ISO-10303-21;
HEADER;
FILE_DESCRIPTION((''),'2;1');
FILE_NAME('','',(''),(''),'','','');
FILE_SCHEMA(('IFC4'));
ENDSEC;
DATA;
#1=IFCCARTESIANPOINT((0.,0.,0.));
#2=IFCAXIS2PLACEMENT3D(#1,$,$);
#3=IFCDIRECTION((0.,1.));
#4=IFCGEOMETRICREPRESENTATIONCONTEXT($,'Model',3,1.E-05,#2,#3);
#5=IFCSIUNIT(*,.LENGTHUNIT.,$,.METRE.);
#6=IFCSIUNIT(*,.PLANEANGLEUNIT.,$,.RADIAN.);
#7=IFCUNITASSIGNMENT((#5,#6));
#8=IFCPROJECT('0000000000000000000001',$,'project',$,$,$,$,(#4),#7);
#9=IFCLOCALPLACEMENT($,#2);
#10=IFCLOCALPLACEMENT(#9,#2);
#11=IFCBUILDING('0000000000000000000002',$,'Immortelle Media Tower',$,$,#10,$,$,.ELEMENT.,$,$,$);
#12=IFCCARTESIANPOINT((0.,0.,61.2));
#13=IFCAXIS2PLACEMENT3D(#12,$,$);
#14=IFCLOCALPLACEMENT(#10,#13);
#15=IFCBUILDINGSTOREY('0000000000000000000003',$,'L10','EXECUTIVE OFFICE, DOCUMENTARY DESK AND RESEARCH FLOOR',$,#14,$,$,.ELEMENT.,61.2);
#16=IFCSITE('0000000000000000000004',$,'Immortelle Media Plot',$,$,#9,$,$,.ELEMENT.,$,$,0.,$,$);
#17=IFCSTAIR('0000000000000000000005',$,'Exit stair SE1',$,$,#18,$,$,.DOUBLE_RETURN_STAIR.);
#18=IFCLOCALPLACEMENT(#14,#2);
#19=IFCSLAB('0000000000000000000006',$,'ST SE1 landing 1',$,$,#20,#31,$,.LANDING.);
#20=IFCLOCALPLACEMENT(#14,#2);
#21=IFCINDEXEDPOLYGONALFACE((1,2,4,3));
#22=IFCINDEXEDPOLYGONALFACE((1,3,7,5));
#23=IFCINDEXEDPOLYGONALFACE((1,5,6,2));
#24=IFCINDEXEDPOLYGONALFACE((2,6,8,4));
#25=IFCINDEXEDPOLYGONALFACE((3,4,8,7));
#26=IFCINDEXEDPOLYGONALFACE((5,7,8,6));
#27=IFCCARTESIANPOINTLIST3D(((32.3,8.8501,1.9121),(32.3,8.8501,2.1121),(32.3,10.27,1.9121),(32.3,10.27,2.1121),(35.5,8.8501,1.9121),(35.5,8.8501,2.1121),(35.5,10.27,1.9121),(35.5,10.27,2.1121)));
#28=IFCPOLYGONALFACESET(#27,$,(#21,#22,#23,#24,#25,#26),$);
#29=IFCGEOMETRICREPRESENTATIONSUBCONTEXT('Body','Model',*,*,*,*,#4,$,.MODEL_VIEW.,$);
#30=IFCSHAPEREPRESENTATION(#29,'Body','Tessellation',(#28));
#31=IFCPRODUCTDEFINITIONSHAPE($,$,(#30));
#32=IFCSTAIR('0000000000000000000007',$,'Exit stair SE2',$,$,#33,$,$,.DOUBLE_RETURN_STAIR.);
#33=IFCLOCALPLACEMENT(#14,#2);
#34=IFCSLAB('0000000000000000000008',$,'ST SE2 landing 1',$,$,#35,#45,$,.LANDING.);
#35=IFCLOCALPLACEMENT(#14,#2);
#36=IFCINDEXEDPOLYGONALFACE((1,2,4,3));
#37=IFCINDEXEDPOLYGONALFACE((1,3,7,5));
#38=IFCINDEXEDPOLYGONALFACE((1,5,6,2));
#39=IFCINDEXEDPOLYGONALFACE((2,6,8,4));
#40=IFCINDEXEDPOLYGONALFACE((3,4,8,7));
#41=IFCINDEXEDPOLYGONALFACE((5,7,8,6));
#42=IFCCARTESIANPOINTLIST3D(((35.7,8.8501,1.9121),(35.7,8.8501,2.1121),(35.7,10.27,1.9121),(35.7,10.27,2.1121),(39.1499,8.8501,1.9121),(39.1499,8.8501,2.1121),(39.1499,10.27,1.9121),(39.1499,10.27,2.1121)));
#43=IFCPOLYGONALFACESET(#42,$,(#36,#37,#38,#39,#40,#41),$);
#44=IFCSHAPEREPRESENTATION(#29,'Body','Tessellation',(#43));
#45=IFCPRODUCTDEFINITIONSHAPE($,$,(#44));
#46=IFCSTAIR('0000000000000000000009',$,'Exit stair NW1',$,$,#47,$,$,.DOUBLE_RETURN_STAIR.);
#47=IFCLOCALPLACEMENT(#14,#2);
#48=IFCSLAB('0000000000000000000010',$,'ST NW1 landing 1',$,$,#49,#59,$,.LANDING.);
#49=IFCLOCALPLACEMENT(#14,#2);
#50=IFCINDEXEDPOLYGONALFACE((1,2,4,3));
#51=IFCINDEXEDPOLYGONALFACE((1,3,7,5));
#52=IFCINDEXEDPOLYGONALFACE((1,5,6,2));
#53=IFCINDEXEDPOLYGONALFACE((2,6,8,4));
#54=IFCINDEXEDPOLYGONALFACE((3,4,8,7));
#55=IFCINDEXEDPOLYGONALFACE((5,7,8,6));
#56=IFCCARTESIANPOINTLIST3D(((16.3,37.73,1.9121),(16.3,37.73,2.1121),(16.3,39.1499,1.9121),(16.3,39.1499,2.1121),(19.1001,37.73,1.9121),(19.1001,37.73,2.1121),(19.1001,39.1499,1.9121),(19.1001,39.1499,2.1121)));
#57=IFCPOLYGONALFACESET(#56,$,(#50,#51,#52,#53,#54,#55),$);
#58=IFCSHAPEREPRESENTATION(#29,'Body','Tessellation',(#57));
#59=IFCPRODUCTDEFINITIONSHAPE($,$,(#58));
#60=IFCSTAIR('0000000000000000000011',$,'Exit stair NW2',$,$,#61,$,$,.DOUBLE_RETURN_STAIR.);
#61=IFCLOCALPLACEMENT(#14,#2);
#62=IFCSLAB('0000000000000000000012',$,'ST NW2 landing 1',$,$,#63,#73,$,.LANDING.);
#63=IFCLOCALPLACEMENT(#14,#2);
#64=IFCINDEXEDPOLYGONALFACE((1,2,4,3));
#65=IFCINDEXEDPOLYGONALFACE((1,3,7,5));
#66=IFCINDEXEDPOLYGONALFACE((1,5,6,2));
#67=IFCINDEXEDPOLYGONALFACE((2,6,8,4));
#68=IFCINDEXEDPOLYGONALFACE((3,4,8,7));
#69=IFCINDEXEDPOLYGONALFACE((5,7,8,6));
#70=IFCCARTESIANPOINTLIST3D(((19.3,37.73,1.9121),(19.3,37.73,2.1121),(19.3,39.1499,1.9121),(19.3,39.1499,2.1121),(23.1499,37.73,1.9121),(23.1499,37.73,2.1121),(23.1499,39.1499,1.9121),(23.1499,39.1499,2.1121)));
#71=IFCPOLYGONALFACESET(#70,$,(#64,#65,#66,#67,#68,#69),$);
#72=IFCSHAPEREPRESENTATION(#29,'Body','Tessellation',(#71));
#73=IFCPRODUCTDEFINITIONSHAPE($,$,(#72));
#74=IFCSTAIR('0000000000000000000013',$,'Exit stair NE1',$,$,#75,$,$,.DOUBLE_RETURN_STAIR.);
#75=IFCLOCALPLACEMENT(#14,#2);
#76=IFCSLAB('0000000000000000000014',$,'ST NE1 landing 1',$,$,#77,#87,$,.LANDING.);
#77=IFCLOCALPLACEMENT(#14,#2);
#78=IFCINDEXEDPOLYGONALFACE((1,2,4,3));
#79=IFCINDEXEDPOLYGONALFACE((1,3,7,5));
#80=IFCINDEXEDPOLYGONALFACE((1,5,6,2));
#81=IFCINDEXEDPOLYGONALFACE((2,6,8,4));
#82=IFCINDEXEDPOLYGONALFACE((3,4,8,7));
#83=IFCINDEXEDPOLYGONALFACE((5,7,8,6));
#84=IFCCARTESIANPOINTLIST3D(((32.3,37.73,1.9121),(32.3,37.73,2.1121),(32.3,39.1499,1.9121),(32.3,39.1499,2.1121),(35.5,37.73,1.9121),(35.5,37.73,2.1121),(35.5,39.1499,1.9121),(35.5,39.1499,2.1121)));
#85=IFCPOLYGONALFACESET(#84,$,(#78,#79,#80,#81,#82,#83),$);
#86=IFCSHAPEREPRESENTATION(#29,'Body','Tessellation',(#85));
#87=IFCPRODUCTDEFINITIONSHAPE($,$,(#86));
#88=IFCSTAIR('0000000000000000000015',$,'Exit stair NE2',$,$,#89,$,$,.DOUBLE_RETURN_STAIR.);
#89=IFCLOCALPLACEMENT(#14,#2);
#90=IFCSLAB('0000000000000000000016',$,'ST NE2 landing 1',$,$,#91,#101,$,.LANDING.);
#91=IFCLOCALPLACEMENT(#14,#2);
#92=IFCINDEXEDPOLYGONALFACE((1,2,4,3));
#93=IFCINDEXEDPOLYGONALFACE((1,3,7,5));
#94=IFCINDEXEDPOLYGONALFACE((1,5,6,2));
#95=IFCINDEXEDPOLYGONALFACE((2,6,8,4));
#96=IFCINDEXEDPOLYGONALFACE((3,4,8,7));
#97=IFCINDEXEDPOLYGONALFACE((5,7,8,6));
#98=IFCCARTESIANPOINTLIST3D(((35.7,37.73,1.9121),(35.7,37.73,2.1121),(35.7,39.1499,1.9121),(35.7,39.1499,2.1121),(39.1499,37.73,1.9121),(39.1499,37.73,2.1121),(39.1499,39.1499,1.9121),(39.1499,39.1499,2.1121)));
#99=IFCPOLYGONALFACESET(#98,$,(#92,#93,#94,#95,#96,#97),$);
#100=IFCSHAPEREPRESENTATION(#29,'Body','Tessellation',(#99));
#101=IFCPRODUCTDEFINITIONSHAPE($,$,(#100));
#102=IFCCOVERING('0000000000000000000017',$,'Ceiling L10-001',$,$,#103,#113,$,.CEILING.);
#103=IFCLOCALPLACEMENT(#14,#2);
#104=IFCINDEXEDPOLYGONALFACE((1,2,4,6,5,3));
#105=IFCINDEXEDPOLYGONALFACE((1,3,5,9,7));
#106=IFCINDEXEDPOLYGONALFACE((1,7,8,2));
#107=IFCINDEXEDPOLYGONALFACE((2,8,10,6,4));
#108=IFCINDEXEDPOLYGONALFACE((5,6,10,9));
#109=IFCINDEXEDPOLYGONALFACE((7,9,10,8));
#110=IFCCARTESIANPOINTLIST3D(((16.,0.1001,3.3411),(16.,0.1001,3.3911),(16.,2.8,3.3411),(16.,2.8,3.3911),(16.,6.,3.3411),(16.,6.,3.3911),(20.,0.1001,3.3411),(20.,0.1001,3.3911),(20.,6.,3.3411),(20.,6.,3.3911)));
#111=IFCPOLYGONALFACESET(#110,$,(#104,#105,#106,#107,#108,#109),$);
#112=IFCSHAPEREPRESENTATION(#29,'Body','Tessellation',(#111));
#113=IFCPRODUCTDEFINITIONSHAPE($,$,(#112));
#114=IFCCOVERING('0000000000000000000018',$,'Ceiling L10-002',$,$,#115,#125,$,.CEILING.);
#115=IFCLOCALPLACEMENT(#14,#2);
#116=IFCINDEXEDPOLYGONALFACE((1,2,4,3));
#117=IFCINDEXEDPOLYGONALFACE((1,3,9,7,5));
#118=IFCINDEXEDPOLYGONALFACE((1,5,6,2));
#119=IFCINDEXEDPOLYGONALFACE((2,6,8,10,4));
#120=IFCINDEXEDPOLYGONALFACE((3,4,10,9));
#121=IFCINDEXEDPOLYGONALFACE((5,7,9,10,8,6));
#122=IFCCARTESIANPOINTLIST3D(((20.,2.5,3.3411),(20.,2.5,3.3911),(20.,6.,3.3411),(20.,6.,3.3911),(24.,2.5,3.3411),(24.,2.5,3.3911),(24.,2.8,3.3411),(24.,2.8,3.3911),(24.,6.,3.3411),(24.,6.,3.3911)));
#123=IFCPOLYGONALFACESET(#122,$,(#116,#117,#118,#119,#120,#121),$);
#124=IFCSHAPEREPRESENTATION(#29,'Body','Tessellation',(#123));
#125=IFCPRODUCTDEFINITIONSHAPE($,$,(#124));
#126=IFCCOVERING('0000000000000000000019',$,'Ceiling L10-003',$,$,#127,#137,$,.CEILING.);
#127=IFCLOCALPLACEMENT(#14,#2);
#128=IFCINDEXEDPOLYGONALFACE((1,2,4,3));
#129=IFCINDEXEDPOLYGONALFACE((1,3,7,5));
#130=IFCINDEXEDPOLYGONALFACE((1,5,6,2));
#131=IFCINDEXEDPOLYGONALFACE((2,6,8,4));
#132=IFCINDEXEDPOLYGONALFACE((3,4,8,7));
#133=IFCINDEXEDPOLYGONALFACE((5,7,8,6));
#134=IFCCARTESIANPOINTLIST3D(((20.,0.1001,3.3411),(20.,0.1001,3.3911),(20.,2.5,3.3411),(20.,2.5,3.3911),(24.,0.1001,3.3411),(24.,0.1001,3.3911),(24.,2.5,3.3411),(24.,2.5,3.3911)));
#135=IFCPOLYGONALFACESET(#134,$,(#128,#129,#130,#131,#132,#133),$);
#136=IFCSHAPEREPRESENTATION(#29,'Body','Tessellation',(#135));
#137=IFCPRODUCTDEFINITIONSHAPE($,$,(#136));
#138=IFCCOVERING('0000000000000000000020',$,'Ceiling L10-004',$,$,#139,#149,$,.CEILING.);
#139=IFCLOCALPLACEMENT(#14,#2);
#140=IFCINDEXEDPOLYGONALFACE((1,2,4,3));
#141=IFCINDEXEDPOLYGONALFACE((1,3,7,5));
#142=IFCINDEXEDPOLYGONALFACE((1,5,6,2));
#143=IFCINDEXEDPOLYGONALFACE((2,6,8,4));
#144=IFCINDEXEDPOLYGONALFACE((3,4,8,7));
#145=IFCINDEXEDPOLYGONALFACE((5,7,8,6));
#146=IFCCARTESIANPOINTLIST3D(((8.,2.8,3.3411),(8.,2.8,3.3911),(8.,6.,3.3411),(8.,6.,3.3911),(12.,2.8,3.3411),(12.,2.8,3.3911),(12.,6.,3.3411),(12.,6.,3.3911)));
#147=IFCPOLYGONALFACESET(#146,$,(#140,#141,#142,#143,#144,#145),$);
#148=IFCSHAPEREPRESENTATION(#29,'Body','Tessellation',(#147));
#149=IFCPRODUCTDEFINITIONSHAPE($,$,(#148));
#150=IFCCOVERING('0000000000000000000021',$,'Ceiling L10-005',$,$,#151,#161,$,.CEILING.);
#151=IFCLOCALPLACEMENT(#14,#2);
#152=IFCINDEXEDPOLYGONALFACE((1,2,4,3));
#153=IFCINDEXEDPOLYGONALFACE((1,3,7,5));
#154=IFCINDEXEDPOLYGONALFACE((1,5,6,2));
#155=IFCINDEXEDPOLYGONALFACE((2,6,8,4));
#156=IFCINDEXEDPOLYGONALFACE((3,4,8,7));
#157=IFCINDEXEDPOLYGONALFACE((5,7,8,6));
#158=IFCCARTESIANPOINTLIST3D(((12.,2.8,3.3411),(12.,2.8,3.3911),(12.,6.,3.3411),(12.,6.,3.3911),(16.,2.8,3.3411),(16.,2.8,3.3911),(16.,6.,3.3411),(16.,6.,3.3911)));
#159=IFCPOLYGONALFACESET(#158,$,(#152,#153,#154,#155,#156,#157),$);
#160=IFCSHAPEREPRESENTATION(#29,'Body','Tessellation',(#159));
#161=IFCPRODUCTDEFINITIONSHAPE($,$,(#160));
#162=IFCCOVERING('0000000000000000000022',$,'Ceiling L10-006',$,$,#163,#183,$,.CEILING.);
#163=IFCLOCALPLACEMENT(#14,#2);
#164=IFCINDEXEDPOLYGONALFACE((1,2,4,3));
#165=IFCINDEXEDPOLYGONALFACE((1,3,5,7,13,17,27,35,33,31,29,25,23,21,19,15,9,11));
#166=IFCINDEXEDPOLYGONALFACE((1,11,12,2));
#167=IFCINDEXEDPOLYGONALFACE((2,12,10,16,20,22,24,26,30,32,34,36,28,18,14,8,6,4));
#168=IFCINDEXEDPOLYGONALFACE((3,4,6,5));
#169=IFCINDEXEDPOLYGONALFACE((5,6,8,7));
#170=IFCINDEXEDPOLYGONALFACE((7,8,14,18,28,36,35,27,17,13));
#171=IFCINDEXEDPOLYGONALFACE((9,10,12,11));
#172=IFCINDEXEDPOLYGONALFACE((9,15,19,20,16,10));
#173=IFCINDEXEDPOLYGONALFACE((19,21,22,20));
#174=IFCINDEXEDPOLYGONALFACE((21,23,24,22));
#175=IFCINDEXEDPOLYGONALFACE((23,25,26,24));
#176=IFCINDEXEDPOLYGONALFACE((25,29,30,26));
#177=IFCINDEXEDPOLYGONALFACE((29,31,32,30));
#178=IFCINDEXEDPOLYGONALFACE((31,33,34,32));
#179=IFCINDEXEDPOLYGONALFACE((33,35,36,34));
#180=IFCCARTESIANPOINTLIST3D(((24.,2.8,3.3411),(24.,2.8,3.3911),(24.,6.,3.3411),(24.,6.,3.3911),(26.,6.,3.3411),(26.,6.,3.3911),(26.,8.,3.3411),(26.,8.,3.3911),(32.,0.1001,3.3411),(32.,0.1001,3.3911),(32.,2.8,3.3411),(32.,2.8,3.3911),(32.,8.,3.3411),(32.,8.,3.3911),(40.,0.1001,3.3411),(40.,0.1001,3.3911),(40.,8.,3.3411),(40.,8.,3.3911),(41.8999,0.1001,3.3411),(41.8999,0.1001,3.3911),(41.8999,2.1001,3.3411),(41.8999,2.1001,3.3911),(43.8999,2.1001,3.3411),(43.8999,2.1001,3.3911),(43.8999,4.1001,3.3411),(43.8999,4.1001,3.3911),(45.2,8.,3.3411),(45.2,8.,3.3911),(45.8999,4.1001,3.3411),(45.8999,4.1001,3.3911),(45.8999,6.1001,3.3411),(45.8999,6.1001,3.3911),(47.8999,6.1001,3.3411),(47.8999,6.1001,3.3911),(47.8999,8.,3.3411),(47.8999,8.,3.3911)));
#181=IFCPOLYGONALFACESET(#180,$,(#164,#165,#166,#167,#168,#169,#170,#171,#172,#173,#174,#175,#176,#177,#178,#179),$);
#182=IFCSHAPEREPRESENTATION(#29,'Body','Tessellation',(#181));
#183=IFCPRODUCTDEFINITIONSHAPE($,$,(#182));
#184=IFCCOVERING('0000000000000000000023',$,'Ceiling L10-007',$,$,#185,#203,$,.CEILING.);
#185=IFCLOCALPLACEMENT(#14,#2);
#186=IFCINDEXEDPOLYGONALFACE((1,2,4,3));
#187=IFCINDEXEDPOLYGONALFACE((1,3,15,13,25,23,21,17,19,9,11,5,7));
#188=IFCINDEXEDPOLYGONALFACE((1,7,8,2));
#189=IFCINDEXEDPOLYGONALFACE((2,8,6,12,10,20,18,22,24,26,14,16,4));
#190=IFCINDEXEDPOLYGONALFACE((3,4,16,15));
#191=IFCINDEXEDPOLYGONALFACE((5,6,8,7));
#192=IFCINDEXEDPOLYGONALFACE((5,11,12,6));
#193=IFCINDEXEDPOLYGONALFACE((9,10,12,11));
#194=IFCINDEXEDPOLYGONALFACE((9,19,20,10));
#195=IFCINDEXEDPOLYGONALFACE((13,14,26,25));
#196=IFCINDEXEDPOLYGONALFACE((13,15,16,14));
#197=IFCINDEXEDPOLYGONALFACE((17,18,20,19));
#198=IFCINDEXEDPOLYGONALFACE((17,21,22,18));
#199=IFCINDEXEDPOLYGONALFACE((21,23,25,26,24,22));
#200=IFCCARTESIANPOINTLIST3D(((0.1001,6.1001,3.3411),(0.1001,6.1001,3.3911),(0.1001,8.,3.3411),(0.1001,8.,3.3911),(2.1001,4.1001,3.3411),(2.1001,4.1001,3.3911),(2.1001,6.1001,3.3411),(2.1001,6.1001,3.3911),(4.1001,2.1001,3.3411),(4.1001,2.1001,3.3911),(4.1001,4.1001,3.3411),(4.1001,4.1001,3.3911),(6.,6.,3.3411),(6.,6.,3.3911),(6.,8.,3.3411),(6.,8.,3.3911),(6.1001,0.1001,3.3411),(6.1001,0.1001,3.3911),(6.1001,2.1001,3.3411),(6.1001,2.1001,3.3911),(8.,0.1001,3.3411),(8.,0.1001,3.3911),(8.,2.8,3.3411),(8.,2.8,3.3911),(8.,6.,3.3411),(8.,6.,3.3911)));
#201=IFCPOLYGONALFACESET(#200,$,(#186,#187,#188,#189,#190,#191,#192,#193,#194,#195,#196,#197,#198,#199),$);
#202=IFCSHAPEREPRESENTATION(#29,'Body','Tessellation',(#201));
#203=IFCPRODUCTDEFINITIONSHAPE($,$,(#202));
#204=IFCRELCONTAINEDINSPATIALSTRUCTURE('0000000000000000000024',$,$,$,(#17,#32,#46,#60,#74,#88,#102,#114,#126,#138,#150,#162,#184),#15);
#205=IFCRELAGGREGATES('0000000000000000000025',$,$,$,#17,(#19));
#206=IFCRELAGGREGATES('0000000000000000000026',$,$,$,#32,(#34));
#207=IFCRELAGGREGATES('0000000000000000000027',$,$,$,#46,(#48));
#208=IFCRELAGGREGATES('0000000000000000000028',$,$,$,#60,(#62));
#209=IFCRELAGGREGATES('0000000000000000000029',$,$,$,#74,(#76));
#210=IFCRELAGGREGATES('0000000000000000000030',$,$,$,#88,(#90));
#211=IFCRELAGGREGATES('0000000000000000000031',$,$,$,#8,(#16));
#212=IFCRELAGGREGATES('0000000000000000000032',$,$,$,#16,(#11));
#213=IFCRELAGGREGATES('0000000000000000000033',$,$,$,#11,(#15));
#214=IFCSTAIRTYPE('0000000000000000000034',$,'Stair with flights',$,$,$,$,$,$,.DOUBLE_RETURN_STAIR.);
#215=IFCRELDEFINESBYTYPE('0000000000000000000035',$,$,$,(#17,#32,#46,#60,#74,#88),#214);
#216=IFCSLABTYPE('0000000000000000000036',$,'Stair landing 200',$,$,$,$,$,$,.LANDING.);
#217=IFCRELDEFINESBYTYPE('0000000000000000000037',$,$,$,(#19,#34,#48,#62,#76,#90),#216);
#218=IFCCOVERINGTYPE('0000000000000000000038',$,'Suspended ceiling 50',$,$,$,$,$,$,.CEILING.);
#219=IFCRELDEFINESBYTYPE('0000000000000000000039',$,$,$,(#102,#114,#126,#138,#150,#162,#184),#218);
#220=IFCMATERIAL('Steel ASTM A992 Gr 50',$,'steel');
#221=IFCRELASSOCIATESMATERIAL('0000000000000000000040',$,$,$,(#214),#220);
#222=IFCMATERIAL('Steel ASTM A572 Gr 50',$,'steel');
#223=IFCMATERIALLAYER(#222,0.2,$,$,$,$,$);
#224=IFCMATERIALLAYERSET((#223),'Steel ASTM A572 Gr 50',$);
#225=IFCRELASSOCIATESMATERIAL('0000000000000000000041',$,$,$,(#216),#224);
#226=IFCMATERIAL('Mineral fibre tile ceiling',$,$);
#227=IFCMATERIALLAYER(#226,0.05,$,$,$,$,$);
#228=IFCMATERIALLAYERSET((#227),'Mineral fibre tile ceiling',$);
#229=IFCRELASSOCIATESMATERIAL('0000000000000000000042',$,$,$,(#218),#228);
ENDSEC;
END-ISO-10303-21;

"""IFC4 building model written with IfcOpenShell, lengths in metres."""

from ifc_helpers import new_model, si_unit, direction, frame, origin, place, context, subcontext, project, spatial, polyline, outline, extrude, material, layer, layer_set, type_object, element, aggregate, save


model = new_model("IFC4")

# Units and contexts
model_context = context("Model", 3, precision=1e-05, world=origin(), true_north=direction((0.0, 1.0)))
body_context = subcontext(model_context, "Body", "Model", "MODEL_VIEW")
ifc_project = project(units=[si_unit("LENGTHUNIT", "METRE"), si_unit("PLANEANGLEUNIT", "RADIAN")], contexts=[model_context])

# Site, building, storey
site_placement = place(None, origin())
site = spatial("IfcSite", under=ifc_project, at=site_placement, Name="Immortelle Media Plot", CompositionType="ELEMENT", RefElevation=0.0)
building_placement = place(site_placement, origin())
building = spatial("IfcBuilding", under=site, at=building_placement, Name="Immortelle Media Tower", CompositionType="ELEMENT")
storey_placement = place(building_placement, frame((0.0, 0.0, 61.2)))
storey = spatial("IfcBuildingStorey", under=building, at=storey_placement, Name="L10", Description="EXECUTIVE OFFICE, DOCUMENTARY DESK AND RESEARCH FLOOR", CompositionType="ELEMENT", Elevation=61.2)

# Stairs, slabs
ifc_material_1 = material(Name="Steel ASTM A992 Gr 50", Category="steel")
stair_type = type_object("IfcStairType", Name="Stair with flights", PredefinedType="DOUBLE_RETURN_STAIR", material=ifc_material_1)
ifc_material_2 = material(Name="Steel ASTM A572 Gr 50", Category="steel")
ifc_layer_1 = layer(ifc_material_2, 0.2)
ifc_layer_set_1 = layer_set([ifc_layer_1], Name="Steel ASTM A572 Gr 50")
slab_type_1 = type_object("IfcSlabType", Name="Stair landing 200", PredefinedType="LANDING", material=ifc_layer_set_1)
stair_1_placement = place(storey_placement, origin())
stair_1 = element("IfcStair", 1, at=stair_1_placement, inside=storey, type_object=stair_type, Name="Exit stair SE1", PredefinedType="DOUBLE_RETURN_STAIR")
slab_1_placement = place(storey_placement, frame((0.0, 0.0, 1.9121)))
slab_1 = element("IfcSlab", 2, at=slab_1_placement, type_object=slab_type_1, Name="ST SE1 landing 1", PredefinedType="LANDING", context=body_context, shape_type="SweptSolid", body=[
    extrude(outline(polyline([(32.3, 8.8501), (35.5, 8.8501), (35.5, 10.27), (32.3, 10.27), (32.3, 8.8501)])), origin(), (0.0, 0.0, 1.0), 0.2),
])
aggregate(stair_1, [slab_1])
stair_2_placement = place(storey_placement, origin())
stair_2 = element("IfcStair", 3, at=stair_2_placement, inside=storey, type_object=stair_type, Name="Exit stair SE2", PredefinedType="DOUBLE_RETURN_STAIR")
slab_2_placement = place(storey_placement, frame((0.0, 0.0, 1.9121)))
slab_2 = element("IfcSlab", 4, at=slab_2_placement, type_object=slab_type_1, Name="ST SE2 landing 1", PredefinedType="LANDING", context=body_context, shape_type="SweptSolid", body=[
    extrude(outline(polyline([(35.7, 8.8501), (39.1499, 8.8501), (39.1499, 10.27), (35.7, 10.27), (35.7, 8.8501)])), origin(), (0.0, 0.0, 1.0), 0.2),
])
aggregate(stair_2, [slab_2])
stair_3_placement = place(storey_placement, origin())
stair_3 = element("IfcStair", 5, at=stair_3_placement, inside=storey, type_object=stair_type, Name="Exit stair NW1", PredefinedType="DOUBLE_RETURN_STAIR")
slab_3_placement = place(storey_placement, frame((0.0, 0.0, 1.9121)))
slab_3 = element("IfcSlab", 6, at=slab_3_placement, type_object=slab_type_1, Name="ST NW1 landing 1", PredefinedType="LANDING", context=body_context, shape_type="SweptSolid", body=[
    extrude(outline(polyline([(16.3, 37.73), (19.1001, 37.73), (19.1001, 39.1499), (16.3, 39.1499), (16.3, 37.73)])), origin(), (0.0, 0.0, 1.0), 0.2),
])
aggregate(stair_3, [slab_3])
stair_4_placement = place(storey_placement, origin())
stair_4 = element("IfcStair", 7, at=stair_4_placement, inside=storey, type_object=stair_type, Name="Exit stair NW2", PredefinedType="DOUBLE_RETURN_STAIR")
slab_4_placement = place(storey_placement, frame((0.0, 0.0, 1.9121)))
slab_4 = element("IfcSlab", 8, at=slab_4_placement, type_object=slab_type_1, Name="ST NW2 landing 1", PredefinedType="LANDING", context=body_context, shape_type="SweptSolid", body=[
    extrude(outline(polyline([(19.3, 37.73), (23.1499, 37.73), (23.1499, 39.1499), (19.3, 39.1499), (19.3, 37.73)])), origin(), (0.0, 0.0, 1.0), 0.2),
])
aggregate(stair_4, [slab_4])
stair_5_placement = place(storey_placement, origin())
stair_5 = element("IfcStair", 9, at=stair_5_placement, inside=storey, type_object=stair_type, Name="Exit stair NE1", PredefinedType="DOUBLE_RETURN_STAIR")
slab_5_placement = place(storey_placement, frame((0.0, 0.0, 1.9121)))
slab_5 = element("IfcSlab", 10, at=slab_5_placement, type_object=slab_type_1, Name="ST NE1 landing 1", PredefinedType="LANDING", context=body_context, shape_type="SweptSolid", body=[
    extrude(outline(polyline([(32.3, 37.73), (35.5, 37.73), (35.5, 39.1499), (32.3, 39.1499), (32.3, 37.73)])), origin(), (0.0, 0.0, 1.0), 0.2),
])
aggregate(stair_5, [slab_5])
stair_6_placement = place(storey_placement, origin())
stair_6 = element("IfcStair", 11, at=stair_6_placement, inside=storey, type_object=stair_type, Name="Exit stair NE2", PredefinedType="DOUBLE_RETURN_STAIR")
slab_6_placement = place(storey_placement, frame((0.0, 0.0, 1.9121)))
slab_6 = element("IfcSlab", 12, at=slab_6_placement, type_object=slab_type_1, Name="ST NE2 landing 1", PredefinedType="LANDING", context=body_context, shape_type="SweptSolid", body=[
    extrude(outline(polyline([(35.7, 37.73), (39.1499, 37.73), (39.1499, 39.1499), (35.7, 39.1499), (35.7, 37.73)])), origin(), (0.0, 0.0, 1.0), 0.2),
])
aggregate(stair_6, [slab_6])

# Coverings
ifc_material_3 = material(Name="Mineral fibre tile ceiling")
ifc_layer_2 = layer(ifc_material_3, 0.05)
ifc_layer_set_2 = layer_set([ifc_layer_2], Name="Mineral fibre tile ceiling")
covering_type = type_object("IfcCoveringType", Name="Suspended ceiling 50", PredefinedType="CEILING", material=ifc_layer_set_2)
covering_1_placement = place(storey_placement, frame((0.0, 0.0, 3.3411)))
element("IfcCovering", 13, at=covering_1_placement, inside=storey, type_object=covering_type, Name="Ceiling L10-001", PredefinedType="CEILING", context=body_context, shape_type="SweptSolid", body=[
    extrude(outline(polyline([(16.0, 2.8), (16.0, 6.0), (20.0, 6.0), (20.0, 0.1001), (16.0, 0.1001), (16.0, 2.8)])), origin(), (0.0, 0.0, 1.0), 0.05),
])
covering_2_placement = place(storey_placement, frame((0.0, 0.0, 3.3411)))
element("IfcCovering", 14, at=covering_2_placement, inside=storey, type_object=covering_type, Name="Ceiling L10-002", PredefinedType="CEILING", context=body_context, shape_type="SweptSolid", body=[
    extrude(outline(polyline([(24.0, 2.8), (24.0, 2.5), (20.0, 2.5), (20.0, 6.0), (24.0, 6.0), (24.0, 2.8)])), origin(), (0.0, 0.0, 1.0), 0.05),
])
covering_3_placement = place(storey_placement, frame((0.0, 0.0, 3.3411)))
element("IfcCovering", 15, at=covering_3_placement, inside=storey, type_object=covering_type, Name="Ceiling L10-003", PredefinedType="CEILING", context=body_context, shape_type="SweptSolid", body=[
    extrude(outline(polyline([(24.0, 0.1001), (20.0, 0.1001), (20.0, 2.5), (24.0, 2.5), (24.0, 0.1001)])), origin(), (0.0, 0.0, 1.0), 0.05),
])
covering_4_placement = place(storey_placement, frame((0.0, 0.0, 3.3411)))
element("IfcCovering", 16, at=covering_4_placement, inside=storey, type_object=covering_type, Name="Ceiling L10-004", PredefinedType="CEILING", context=body_context, shape_type="SweptSolid", body=[
    extrude(outline(polyline([(8.0, 6.0), (12.0, 6.0), (12.0, 2.8), (8.0, 2.8), (8.0, 6.0)])), origin(), (0.0, 0.0, 1.0), 0.05),
])
covering_5_placement = place(storey_placement, frame((0.0, 0.0, 3.3411)))
element("IfcCovering", 17, at=covering_5_placement, inside=storey, type_object=covering_type, Name="Ceiling L10-005", PredefinedType="CEILING", context=body_context, shape_type="SweptSolid", body=[
    extrude(outline(polyline([(16.0, 6.0), (16.0, 2.8), (12.0, 2.8), (12.0, 6.0), (16.0, 6.0)])), origin(), (0.0, 0.0, 1.0), 0.05),
])
covering_6_placement = place(storey_placement, frame((0.0, 0.0, 3.3411)))
element("IfcCovering", 18, at=covering_6_placement, inside=storey, type_object=covering_type, Name="Ceiling L10-006", PredefinedType="CEILING", context=body_context, shape_type="SweptSolid", body=[
    extrude(outline(polyline([(24.0, 2.8), (24.0, 6.0), (26.0, 6.0), (26.0, 8.0), (32.0, 8.0), (40.0, 8.0), (45.2, 8.0), (47.8999, 8.0), (47.8999, 6.1001), (45.8999, 6.1001), (45.8999, 4.1001), (43.8999, 4.1001), (43.8999, 2.1001), (41.8999, 2.1001), (41.8999, 0.1001), (40.0, 0.1001), (32.0, 0.1001), (32.0, 2.8), (24.0, 2.8)])), origin(), (0.0, 0.0, 1.0), 0.05),
])
covering_7_placement = place(storey_placement, frame((0.0, 0.0, 3.3411)))
element("IfcCovering", 19, at=covering_7_placement, inside=storey, type_object=covering_type, Name="Ceiling L10-007", PredefinedType="CEILING", context=body_context, shape_type="SweptSolid", body=[
    extrude(outline(polyline([(6.1001, 0.1001), (6.1001, 2.1001), (4.1001, 2.1001), (4.1001, 4.1001), (2.1001, 4.1001), (2.1001, 6.1001), (0.1001, 6.1001), (0.1001, 8.0), (6.0, 8.0), (6.0, 6.0), (8.0, 6.0), (8.0, 2.8), (8.0, 0.1001), (6.1001, 0.1001)])), origin(), (0.0, 0.0, 1.0), 0.05),
])

save(model, "model.ifc")
